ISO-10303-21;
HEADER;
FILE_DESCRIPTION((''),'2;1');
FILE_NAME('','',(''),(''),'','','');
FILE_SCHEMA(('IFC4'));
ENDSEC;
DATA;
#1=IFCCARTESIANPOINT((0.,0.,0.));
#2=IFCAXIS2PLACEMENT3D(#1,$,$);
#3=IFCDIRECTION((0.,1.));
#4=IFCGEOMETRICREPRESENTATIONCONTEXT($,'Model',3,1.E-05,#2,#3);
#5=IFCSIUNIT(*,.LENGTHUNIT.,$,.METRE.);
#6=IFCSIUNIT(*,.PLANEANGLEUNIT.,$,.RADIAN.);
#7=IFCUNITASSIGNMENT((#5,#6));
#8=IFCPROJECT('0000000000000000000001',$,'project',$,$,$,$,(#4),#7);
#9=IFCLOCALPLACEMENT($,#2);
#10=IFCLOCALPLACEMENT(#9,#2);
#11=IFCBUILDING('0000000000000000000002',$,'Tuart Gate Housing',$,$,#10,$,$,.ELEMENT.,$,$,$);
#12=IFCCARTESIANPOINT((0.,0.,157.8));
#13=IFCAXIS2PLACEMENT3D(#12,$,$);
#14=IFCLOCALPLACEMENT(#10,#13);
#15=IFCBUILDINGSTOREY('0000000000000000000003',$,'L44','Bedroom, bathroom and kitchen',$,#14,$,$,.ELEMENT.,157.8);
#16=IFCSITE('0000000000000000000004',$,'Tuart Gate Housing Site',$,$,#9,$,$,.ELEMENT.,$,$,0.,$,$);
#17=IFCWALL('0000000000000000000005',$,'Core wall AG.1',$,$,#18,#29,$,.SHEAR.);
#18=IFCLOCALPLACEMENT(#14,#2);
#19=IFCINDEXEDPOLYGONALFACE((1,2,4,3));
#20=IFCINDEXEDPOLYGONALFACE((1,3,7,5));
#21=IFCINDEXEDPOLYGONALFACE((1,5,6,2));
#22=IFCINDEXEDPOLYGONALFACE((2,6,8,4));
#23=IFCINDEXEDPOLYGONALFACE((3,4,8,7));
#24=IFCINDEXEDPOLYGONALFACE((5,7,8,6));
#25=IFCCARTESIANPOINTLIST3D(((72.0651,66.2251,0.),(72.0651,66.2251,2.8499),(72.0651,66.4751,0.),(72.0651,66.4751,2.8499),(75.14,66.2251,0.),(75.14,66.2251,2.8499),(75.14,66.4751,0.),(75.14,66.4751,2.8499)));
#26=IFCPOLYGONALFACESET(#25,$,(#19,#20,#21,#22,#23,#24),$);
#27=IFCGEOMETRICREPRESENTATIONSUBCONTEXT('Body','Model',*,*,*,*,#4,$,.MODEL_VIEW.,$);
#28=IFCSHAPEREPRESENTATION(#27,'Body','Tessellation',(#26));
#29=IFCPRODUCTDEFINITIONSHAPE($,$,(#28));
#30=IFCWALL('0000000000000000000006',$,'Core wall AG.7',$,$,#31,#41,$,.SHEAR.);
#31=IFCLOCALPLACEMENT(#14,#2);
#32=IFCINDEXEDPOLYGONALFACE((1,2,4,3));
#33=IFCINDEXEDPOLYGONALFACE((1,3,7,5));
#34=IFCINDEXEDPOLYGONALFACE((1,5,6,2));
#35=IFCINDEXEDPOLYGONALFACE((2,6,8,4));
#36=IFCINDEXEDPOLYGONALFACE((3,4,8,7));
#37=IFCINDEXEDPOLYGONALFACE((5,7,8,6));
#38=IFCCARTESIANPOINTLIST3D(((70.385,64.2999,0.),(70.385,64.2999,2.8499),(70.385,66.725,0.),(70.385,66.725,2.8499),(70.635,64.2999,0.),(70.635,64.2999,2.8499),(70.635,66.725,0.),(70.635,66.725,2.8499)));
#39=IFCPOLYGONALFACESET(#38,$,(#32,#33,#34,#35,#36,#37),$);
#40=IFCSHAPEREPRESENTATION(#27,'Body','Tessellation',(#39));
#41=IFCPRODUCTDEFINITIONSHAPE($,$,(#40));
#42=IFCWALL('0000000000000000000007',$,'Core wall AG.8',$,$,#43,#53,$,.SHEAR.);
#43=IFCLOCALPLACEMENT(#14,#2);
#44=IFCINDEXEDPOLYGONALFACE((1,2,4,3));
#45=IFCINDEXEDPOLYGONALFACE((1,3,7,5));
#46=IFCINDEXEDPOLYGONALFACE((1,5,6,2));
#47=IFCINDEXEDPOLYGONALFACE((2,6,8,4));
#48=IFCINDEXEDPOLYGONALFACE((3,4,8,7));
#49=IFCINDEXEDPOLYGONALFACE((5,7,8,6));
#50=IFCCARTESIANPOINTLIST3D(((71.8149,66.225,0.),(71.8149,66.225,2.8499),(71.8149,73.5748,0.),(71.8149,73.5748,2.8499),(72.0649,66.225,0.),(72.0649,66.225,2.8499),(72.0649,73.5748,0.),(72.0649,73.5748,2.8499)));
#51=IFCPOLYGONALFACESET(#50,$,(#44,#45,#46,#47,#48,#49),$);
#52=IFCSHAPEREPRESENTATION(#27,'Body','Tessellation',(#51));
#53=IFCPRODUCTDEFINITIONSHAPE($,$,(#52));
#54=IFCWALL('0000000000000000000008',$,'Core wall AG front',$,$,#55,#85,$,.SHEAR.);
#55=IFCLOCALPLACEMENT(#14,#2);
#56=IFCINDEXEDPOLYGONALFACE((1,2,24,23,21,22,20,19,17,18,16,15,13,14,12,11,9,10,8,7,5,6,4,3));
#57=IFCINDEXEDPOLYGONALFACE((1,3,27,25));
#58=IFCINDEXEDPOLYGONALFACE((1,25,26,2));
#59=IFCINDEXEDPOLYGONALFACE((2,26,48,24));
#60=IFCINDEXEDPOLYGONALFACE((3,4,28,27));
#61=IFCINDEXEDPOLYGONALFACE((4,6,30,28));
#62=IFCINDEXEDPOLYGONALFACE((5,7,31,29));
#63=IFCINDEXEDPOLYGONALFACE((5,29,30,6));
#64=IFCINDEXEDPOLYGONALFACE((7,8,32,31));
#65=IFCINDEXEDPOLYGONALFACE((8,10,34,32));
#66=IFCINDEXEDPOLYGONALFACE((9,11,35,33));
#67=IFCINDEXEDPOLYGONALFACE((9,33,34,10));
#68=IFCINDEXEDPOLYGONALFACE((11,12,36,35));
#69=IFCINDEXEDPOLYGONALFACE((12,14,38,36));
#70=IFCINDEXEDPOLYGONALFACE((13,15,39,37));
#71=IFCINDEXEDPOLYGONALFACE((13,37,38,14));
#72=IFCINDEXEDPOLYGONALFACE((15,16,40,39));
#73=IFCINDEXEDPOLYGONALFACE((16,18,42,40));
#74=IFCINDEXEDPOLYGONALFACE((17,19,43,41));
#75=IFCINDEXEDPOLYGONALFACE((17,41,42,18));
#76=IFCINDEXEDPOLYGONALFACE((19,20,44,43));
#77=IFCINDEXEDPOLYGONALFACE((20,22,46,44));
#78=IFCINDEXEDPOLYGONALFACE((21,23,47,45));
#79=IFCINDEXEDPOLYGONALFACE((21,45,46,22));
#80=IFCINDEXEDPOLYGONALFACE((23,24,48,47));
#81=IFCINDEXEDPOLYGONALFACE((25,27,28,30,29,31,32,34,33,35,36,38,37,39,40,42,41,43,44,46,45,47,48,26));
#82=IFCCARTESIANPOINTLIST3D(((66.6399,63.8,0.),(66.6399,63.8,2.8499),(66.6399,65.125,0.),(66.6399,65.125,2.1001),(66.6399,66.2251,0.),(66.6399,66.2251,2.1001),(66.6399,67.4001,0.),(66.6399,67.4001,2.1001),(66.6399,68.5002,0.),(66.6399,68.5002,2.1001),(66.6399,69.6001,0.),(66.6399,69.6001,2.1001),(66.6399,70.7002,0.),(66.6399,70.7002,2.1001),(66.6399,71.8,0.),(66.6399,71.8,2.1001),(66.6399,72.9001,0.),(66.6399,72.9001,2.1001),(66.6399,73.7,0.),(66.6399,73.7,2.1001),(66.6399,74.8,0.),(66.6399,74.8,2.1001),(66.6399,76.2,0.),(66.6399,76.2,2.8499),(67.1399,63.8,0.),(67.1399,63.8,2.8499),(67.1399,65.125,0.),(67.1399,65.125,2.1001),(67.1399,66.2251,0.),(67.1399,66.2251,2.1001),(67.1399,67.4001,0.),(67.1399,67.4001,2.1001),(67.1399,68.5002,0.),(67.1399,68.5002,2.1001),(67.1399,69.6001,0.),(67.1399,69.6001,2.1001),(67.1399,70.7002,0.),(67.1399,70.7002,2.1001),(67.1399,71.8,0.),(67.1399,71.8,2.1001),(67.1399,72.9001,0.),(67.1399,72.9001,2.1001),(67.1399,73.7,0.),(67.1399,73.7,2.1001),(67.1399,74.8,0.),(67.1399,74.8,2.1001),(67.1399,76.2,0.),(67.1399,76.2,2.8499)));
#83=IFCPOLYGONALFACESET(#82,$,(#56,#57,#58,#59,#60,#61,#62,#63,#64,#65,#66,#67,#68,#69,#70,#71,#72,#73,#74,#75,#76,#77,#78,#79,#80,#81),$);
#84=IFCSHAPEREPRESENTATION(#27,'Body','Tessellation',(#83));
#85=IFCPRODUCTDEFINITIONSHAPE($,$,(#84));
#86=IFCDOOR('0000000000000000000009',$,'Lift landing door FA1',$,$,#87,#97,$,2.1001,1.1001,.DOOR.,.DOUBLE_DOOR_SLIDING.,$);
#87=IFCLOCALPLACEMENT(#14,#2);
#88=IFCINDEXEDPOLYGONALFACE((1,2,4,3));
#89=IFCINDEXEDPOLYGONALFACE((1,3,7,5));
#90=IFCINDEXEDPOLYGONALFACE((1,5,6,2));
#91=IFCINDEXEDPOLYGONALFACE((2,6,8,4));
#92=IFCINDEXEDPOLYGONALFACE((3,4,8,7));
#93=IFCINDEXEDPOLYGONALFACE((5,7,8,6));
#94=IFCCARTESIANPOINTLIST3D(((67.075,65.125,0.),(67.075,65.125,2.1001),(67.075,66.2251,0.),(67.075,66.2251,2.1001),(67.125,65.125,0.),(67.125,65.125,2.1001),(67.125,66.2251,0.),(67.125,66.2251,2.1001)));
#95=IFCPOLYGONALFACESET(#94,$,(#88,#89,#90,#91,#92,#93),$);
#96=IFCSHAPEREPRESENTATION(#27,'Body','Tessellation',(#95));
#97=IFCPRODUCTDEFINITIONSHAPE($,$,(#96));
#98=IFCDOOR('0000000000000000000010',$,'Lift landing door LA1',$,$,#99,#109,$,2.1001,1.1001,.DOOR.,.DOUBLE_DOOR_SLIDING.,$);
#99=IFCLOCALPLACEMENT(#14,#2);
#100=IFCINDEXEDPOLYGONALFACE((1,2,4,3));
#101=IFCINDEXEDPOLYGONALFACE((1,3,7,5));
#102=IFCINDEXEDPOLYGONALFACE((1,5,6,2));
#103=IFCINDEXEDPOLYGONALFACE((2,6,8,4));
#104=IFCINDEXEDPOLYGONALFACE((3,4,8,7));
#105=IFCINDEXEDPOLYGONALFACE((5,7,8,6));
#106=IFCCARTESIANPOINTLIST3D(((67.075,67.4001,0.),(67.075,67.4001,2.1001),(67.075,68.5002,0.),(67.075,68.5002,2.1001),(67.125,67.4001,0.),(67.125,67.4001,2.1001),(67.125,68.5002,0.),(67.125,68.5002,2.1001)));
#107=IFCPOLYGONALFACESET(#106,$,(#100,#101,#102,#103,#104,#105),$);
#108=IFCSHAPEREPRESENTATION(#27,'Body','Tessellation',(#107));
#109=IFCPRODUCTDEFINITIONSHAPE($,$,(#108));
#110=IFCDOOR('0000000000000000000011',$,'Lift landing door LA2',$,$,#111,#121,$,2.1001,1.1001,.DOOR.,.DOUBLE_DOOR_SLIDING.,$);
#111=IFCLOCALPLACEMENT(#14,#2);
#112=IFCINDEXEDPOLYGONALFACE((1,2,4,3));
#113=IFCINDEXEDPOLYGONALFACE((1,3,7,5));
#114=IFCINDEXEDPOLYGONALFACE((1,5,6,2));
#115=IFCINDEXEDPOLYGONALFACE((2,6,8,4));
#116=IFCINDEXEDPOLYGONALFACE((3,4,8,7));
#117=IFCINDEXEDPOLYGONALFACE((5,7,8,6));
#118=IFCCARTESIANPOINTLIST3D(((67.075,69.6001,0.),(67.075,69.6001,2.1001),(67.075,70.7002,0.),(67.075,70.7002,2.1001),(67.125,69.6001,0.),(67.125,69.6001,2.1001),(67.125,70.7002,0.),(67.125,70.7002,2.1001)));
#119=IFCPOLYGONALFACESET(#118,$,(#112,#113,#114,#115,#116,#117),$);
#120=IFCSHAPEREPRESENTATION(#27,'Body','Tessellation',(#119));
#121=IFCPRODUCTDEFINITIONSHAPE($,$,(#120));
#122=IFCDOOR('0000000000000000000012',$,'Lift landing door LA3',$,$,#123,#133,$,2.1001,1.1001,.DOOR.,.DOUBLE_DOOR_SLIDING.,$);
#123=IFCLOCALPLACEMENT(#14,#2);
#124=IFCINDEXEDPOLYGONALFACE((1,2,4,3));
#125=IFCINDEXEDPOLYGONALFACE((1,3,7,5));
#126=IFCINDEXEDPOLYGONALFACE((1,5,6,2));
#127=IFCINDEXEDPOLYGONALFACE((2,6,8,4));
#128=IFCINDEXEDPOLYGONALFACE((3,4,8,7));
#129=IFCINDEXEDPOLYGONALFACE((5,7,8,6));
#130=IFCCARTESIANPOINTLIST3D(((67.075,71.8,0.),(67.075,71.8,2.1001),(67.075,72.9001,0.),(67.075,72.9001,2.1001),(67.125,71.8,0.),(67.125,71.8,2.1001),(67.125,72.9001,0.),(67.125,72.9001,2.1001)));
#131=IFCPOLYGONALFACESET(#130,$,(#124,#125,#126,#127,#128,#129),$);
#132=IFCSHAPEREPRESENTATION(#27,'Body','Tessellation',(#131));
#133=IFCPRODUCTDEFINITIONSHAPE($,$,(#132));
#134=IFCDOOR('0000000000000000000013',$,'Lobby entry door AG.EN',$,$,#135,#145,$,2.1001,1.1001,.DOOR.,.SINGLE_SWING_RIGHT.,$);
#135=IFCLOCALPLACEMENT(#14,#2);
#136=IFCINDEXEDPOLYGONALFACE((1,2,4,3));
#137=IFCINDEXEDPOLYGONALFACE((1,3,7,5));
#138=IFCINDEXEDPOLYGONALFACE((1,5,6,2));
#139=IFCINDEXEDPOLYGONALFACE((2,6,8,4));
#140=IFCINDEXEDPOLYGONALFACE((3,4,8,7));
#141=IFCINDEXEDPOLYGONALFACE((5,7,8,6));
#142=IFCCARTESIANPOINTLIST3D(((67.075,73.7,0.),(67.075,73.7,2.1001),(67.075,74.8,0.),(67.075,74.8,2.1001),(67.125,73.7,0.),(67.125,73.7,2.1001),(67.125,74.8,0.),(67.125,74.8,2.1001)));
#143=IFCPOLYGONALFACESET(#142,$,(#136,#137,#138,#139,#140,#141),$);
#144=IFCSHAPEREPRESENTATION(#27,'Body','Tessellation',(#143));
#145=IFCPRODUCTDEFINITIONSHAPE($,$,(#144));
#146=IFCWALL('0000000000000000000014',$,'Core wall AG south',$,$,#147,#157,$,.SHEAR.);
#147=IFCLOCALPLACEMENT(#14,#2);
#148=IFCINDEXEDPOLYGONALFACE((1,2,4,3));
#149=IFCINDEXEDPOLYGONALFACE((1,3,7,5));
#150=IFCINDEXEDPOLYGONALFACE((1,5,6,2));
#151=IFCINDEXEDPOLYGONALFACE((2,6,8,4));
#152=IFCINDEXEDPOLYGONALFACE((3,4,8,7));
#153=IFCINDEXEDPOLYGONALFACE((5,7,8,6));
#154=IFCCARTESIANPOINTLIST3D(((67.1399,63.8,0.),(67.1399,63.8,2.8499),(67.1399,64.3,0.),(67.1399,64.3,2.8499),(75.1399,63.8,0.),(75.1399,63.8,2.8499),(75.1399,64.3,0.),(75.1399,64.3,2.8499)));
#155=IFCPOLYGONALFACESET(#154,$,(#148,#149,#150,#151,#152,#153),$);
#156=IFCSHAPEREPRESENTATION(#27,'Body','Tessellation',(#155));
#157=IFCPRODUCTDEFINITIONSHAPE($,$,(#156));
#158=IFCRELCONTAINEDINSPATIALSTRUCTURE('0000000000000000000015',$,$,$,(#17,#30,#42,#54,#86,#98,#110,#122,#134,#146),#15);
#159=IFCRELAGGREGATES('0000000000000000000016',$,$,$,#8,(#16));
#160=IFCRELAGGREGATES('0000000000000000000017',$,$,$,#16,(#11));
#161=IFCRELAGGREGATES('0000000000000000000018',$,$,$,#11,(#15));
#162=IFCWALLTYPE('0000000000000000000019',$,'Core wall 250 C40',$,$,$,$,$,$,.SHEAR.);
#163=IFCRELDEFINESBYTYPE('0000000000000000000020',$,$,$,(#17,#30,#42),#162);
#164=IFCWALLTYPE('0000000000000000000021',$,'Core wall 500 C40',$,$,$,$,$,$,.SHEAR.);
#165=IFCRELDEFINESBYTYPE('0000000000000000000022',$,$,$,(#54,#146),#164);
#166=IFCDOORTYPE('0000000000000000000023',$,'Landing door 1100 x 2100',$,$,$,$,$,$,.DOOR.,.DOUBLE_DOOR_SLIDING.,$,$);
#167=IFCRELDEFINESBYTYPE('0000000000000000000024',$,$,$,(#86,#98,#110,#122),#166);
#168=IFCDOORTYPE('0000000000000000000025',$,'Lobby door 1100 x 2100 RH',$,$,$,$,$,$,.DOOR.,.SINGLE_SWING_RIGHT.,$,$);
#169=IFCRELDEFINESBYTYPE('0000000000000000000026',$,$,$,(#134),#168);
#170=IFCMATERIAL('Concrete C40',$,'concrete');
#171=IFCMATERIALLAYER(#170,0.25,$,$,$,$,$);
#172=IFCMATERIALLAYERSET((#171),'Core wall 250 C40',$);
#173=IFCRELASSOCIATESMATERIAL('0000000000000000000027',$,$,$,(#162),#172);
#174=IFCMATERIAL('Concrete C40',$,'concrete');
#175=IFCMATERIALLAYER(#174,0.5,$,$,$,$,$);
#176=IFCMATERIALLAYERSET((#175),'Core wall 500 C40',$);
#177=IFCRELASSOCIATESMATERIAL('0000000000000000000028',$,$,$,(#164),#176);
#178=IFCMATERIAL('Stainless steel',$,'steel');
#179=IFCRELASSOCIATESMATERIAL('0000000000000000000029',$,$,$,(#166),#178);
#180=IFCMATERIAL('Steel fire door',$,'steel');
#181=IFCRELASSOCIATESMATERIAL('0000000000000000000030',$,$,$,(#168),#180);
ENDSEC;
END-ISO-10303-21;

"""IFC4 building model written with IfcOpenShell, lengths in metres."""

from ifc_helpers import new_model, si_unit, direction, frame, frame_2d, origin, place, context, subcontext, project, spatial, rectangle, extrude, material, layer, layer_set, type_object, element, fill, save


model = new_model("IFC4")

# Units and contexts
model_context = context("Model", 3, precision=1e-05, world=origin(), true_north=direction((0.0, 1.0)))
body_context = subcontext(model_context, "Body", "Model", "MODEL_VIEW")
ifc_project = project(units=[si_unit("LENGTHUNIT", "METRE"), si_unit("PLANEANGLEUNIT", "RADIAN")], contexts=[model_context])

# Site, building, storey
site_placement = place(None, origin())
site = spatial("IfcSite", under=ifc_project, at=site_placement, Name="Tuart Gate Housing Site", CompositionType="ELEMENT", RefElevation=0.0)
building_placement = place(site_placement, origin())
building = spatial("IfcBuilding", under=site, at=building_placement, Name="Tuart Gate Housing", CompositionType="ELEMENT")
storey_placement = place(building_placement, frame((0.0, 0.0, 157.8)))
storey = spatial("IfcBuildingStorey", under=building, at=storey_placement, Name="L44", Description="Bedroom, bathroom and kitchen", CompositionType="ELEMENT", Elevation=157.8)

# Walls
ifc_material_1 = material(Name="Concrete C40", Category="concrete")
ifc_layer_1 = layer(ifc_material_1, 0.25)
ifc_layer_set_1 = layer_set([ifc_layer_1], Name="Core wall 250 C40")
wall_type_1 = type_object("IfcWallType", Name="Core wall 250 C40", PredefinedType="SHEAR", material=ifc_layer_set_1)
wall_1_placement = place(storey_placement, frame((72.0649, 66.3501, 0.0), z_axis=(0.0, 0.0, 1.0), x_axis=(1.0, 0.0, 0.0)))
element("IfcWall", 1, at=wall_1_placement, inside=storey, type_object=wall_type_1, Name="Core wall AG.1", PredefinedType="SHEAR", context=body_context, shape_type="SweptSolid", body=[
    extrude(rectangle(XDim=3.075, YDim=0.25, at=frame_2d((1.5376, 0.0))), origin(), (0.0, 0.0, 1.0), 2.8499),
])
wall_2_placement = place(storey_placement, frame((70.51, 64.3, 0.0), z_axis=(0.0, 0.0, 1.0), x_axis=(0.0, 1.0, 0.0)))
element("IfcWall", 2, at=wall_2_placement, inside=storey, type_object=wall_type_1, Name="Core wall AG.7", PredefinedType="SHEAR", context=body_context, shape_type="SweptSolid", body=[
    extrude(rectangle(XDim=2.425, YDim=0.25, at=frame_2d((1.2124, 0.0))), origin(), (0.0, 0.0, 1.0), 2.8499),
])
wall_3_placement = place(storey_placement, frame((71.9399, 66.2251, 0.0), z_axis=(0.0, 0.0, 1.0), x_axis=(0.0, 1.0, 0.0)))
element("IfcWall", 3, at=wall_3_placement, inside=storey, type_object=wall_type_1, Name="Core wall AG.8", PredefinedType="SHEAR", context=body_context, shape_type="SweptSolid", body=[
    extrude(rectangle(XDim=7.3499, YDim=0.25, at=frame_2d((3.6748, 0.0))), origin(), (0.0, 0.0, 1.0), 2.8499),
])

# Wall, openings, doors
ifc_material_2 = material(Name="Concrete C40", Category="concrete")
ifc_layer_2 = layer(ifc_material_2, 0.5)
ifc_layer_set_2 = layer_set([ifc_layer_2], Name="Core wall 500 C40")
wall_type_2 = type_object("IfcWallType", Name="Core wall 500 C40", PredefinedType="SHEAR", material=ifc_layer_set_2)
wall_4_placement = place(storey_placement, frame((66.8899, 63.8, 0.0), z_axis=(0.0, 0.0, 1.0), x_axis=(0.0, 1.0, 0.0)))
wall_4 = element("IfcWall", 4, at=wall_4_placement, inside=storey, type_object=wall_type_2, Name="Core wall AG front", PredefinedType="SHEAR", context=body_context, shape_type="SweptSolid", body=[
    extrude(rectangle(XDim=12.3999, YDim=0.5, at=frame_2d((6.2, 0.0))), origin(), (0.0, 0.0, 1.0), 2.8499),
])
opening_1_placement = place(wall_4_placement, frame((1.325, 0.0, 0.0)))
opening_1 = element("IfcOpeningElement", 5, at=opening_1_placement, cuts=wall_4, PredefinedType="OPENING", context=body_context, shape_type="SweptSolid", body=[
    extrude(rectangle(XDim=1.1001, YDim=2.1001, at=frame_2d((0.55, 1.05))), frame((0.0, 0.26, 0.0), z_axis=(0.0, -1.0, 0.0), x_axis=(1.0, 0.0, 0.0)), (0.0, 0.0, 1.0), 0.52),
])
opening_2_placement = place(wall_4_placement, frame((3.6001, 0.0, 0.0)))
opening_2 = element("IfcOpeningElement", 6, at=opening_2_placement, cuts=wall_4, PredefinedType="OPENING", context=body_context, shape_type="SweptSolid", body=[
    extrude(rectangle(XDim=1.1001, YDim=2.1001, at=frame_2d((0.55, 1.05))), frame((0.0, 0.26, 0.0), z_axis=(0.0, -1.0, 0.0), x_axis=(1.0, 0.0, 0.0)), (0.0, 0.0, 1.0), 0.52),
])
opening_3_placement = place(wall_4_placement, frame((5.8, 0.0, 0.0)))
opening_3 = element("IfcOpeningElement", 7, at=opening_3_placement, cuts=wall_4, PredefinedType="OPENING", context=body_context, shape_type="SweptSolid", body=[
    extrude(rectangle(XDim=1.1001, YDim=2.1001, at=frame_2d((0.55, 1.05))), frame((0.0, 0.26, 0.0), z_axis=(0.0, -1.0, 0.0), x_axis=(1.0, 0.0, 0.0)), (0.0, 0.0, 1.0), 0.52),
])
opening_4_placement = place(wall_4_placement, frame((8.0, 0.0, 0.0)))
opening_4 = element("IfcOpeningElement", 8, at=opening_4_placement, cuts=wall_4, PredefinedType="OPENING", context=body_context, shape_type="SweptSolid", body=[
    extrude(rectangle(XDim=1.1001, YDim=2.1001, at=frame_2d((0.55, 1.05))), frame((0.0, 0.26, 0.0), z_axis=(0.0, -1.0, 0.0), x_axis=(1.0, 0.0, 0.0)), (0.0, 0.0, 1.0), 0.52),
])
opening_5_placement = place(wall_4_placement, frame((9.8999, 0.0, 0.0)))
opening_5 = element("IfcOpeningElement", 9, at=opening_5_placement, cuts=wall_4, PredefinedType="OPENING", context=body_context, shape_type="SweptSolid", body=[
    extrude(rectangle(XDim=1.1001, YDim=2.1001, at=frame_2d((0.55, 1.05))), frame((0.0, 0.26, 0.0), z_axis=(0.0, -1.0, 0.0), x_axis=(1.0, 0.0, 0.0)), (0.0, 0.0, 1.0), 0.52),
])
ifc_material_3 = material(Name="Stainless steel", Category="steel")
door_type_1 = type_object("IfcDoorType", Name="Landing door 1100 x 2100", OperationType="DOUBLE_DOOR_SLIDING", PredefinedType="DOOR", material=ifc_material_3)
door_1_placement = place(opening_1_placement, origin())
door_1 = element("IfcDoor", 10, at=door_1_placement, inside=storey, type_object=door_type_1, Name="Lift landing door FA1", OperationType="DOUBLE_DOOR_SLIDING", OverallHeight=2.1001, OverallWidth=1.1001, PredefinedType="DOOR", context=body_context, shape_type="SweptSolid", body=[
    extrude(rectangle(XDim=1.1001, YDim=2.1001, at=frame_2d((0.55, 1.05))), frame((0.0, -0.1851, 0.0), z_axis=(0.0, -1.0, 0.0), x_axis=(1.0, 0.0, 0.0)), (0.0, 0.0, 1.0), 0.05),
])
fill(opening_1, door_1)
door_2_placement = place(opening_2_placement, origin())
door_2 = element("IfcDoor", 11, at=door_2_placement, inside=storey, type_object=door_type_1, Name="Lift landing door LA1", OperationType="DOUBLE_DOOR_SLIDING", OverallHeight=2.1001, OverallWidth=1.1001, PredefinedType="DOOR", context=body_context, shape_type="SweptSolid", body=[
    extrude(rectangle(XDim=1.1001, YDim=2.1001, at=frame_2d((0.55, 1.05))), frame((0.0, -0.1851, 0.0), z_axis=(0.0, -1.0, 0.0), x_axis=(1.0, 0.0, 0.0)), (0.0, 0.0, 1.0), 0.05),
])
fill(opening_2, door_2)
door_3_placement = place(opening_3_placement, origin())
door_3 = element("IfcDoor", 12, at=door_3_placement, inside=storey, type_object=door_type_1, Name="Lift landing door LA2", OperationType="DOUBLE_DOOR_SLIDING", OverallHeight=2.1001, OverallWidth=1.1001, PredefinedType="DOOR", context=body_context, shape_type="SweptSolid", body=[
    extrude(rectangle(XDim=1.1001, YDim=2.1001, at=frame_2d((0.55, 1.05))), frame((0.0, -0.1851, 0.0), z_axis=(0.0, -1.0, 0.0), x_axis=(1.0, 0.0, 0.0)), (0.0, 0.0, 1.0), 0.05),
])
fill(opening_3, door_3)
door_4_placement = place(opening_4_placement, origin())
door_4 = element("IfcDoor", 13, at=door_4_placement, inside=storey, type_object=door_type_1, Name="Lift landing door LA3", OperationType="DOUBLE_DOOR_SLIDING", OverallHeight=2.1001, OverallWidth=1.1001, PredefinedType="DOOR", context=body_context, shape_type="SweptSolid", body=[
    extrude(rectangle(XDim=1.1001, YDim=2.1001, at=frame_2d((0.55, 1.05))), frame((0.0, -0.1851, 0.0), z_axis=(0.0, -1.0, 0.0), x_axis=(1.0, 0.0, 0.0)), (0.0, 0.0, 1.0), 0.05),
])
fill(opening_4, door_4)
ifc_material_4 = material(Name="Steel fire door", Category="steel")
door_type_2 = type_object("IfcDoorType", Name="Lobby door 1100 x 2100 RH", OperationType="SINGLE_SWING_RIGHT", PredefinedType="DOOR", material=ifc_material_4)
door_5_placement = place(opening_5_placement, frame((1.1001, 0.0, 0.0), z_axis=(0.0, 0.0, 1.0), x_axis=(-1.0, 0.0, 0.0)))
door_5 = element("IfcDoor", 14, at=door_5_placement, inside=storey, type_object=door_type_2, Name="Lobby entry door AG.EN", OperationType="SINGLE_SWING_RIGHT", OverallHeight=2.1001, OverallWidth=1.1001, PredefinedType="DOOR", context=body_context, shape_type="SweptSolid", body=[
    extrude(rectangle(XDim=1.1001, YDim=2.1001, at=frame_2d((0.55, 1.05))), frame((0.0, 0.2351, 0.0), z_axis=(0.0, -1.0, 0.0), x_axis=(1.0, 0.0, 0.0)), (0.0, 0.0, 1.0), 0.05),
])
fill(opening_5, door_5)

# Wall
wall_5_placement = place(storey_placement, frame((67.1399, 64.05, 0.0), z_axis=(0.0, 0.0, 1.0), x_axis=(1.0, 0.0, 0.0)))
element("IfcWall", 15, at=wall_5_placement, inside=storey, type_object=wall_type_2, Name="Core wall AG south", PredefinedType="SHEAR", context=body_context, shape_type="SweptSolid", body=[
    extrude(rectangle(XDim=8.0, YDim=0.5, at=frame_2d((4.0, 0.0))), origin(), (0.0, 0.0, 1.0), 2.8499),
])

save(model, "model.ifc")
